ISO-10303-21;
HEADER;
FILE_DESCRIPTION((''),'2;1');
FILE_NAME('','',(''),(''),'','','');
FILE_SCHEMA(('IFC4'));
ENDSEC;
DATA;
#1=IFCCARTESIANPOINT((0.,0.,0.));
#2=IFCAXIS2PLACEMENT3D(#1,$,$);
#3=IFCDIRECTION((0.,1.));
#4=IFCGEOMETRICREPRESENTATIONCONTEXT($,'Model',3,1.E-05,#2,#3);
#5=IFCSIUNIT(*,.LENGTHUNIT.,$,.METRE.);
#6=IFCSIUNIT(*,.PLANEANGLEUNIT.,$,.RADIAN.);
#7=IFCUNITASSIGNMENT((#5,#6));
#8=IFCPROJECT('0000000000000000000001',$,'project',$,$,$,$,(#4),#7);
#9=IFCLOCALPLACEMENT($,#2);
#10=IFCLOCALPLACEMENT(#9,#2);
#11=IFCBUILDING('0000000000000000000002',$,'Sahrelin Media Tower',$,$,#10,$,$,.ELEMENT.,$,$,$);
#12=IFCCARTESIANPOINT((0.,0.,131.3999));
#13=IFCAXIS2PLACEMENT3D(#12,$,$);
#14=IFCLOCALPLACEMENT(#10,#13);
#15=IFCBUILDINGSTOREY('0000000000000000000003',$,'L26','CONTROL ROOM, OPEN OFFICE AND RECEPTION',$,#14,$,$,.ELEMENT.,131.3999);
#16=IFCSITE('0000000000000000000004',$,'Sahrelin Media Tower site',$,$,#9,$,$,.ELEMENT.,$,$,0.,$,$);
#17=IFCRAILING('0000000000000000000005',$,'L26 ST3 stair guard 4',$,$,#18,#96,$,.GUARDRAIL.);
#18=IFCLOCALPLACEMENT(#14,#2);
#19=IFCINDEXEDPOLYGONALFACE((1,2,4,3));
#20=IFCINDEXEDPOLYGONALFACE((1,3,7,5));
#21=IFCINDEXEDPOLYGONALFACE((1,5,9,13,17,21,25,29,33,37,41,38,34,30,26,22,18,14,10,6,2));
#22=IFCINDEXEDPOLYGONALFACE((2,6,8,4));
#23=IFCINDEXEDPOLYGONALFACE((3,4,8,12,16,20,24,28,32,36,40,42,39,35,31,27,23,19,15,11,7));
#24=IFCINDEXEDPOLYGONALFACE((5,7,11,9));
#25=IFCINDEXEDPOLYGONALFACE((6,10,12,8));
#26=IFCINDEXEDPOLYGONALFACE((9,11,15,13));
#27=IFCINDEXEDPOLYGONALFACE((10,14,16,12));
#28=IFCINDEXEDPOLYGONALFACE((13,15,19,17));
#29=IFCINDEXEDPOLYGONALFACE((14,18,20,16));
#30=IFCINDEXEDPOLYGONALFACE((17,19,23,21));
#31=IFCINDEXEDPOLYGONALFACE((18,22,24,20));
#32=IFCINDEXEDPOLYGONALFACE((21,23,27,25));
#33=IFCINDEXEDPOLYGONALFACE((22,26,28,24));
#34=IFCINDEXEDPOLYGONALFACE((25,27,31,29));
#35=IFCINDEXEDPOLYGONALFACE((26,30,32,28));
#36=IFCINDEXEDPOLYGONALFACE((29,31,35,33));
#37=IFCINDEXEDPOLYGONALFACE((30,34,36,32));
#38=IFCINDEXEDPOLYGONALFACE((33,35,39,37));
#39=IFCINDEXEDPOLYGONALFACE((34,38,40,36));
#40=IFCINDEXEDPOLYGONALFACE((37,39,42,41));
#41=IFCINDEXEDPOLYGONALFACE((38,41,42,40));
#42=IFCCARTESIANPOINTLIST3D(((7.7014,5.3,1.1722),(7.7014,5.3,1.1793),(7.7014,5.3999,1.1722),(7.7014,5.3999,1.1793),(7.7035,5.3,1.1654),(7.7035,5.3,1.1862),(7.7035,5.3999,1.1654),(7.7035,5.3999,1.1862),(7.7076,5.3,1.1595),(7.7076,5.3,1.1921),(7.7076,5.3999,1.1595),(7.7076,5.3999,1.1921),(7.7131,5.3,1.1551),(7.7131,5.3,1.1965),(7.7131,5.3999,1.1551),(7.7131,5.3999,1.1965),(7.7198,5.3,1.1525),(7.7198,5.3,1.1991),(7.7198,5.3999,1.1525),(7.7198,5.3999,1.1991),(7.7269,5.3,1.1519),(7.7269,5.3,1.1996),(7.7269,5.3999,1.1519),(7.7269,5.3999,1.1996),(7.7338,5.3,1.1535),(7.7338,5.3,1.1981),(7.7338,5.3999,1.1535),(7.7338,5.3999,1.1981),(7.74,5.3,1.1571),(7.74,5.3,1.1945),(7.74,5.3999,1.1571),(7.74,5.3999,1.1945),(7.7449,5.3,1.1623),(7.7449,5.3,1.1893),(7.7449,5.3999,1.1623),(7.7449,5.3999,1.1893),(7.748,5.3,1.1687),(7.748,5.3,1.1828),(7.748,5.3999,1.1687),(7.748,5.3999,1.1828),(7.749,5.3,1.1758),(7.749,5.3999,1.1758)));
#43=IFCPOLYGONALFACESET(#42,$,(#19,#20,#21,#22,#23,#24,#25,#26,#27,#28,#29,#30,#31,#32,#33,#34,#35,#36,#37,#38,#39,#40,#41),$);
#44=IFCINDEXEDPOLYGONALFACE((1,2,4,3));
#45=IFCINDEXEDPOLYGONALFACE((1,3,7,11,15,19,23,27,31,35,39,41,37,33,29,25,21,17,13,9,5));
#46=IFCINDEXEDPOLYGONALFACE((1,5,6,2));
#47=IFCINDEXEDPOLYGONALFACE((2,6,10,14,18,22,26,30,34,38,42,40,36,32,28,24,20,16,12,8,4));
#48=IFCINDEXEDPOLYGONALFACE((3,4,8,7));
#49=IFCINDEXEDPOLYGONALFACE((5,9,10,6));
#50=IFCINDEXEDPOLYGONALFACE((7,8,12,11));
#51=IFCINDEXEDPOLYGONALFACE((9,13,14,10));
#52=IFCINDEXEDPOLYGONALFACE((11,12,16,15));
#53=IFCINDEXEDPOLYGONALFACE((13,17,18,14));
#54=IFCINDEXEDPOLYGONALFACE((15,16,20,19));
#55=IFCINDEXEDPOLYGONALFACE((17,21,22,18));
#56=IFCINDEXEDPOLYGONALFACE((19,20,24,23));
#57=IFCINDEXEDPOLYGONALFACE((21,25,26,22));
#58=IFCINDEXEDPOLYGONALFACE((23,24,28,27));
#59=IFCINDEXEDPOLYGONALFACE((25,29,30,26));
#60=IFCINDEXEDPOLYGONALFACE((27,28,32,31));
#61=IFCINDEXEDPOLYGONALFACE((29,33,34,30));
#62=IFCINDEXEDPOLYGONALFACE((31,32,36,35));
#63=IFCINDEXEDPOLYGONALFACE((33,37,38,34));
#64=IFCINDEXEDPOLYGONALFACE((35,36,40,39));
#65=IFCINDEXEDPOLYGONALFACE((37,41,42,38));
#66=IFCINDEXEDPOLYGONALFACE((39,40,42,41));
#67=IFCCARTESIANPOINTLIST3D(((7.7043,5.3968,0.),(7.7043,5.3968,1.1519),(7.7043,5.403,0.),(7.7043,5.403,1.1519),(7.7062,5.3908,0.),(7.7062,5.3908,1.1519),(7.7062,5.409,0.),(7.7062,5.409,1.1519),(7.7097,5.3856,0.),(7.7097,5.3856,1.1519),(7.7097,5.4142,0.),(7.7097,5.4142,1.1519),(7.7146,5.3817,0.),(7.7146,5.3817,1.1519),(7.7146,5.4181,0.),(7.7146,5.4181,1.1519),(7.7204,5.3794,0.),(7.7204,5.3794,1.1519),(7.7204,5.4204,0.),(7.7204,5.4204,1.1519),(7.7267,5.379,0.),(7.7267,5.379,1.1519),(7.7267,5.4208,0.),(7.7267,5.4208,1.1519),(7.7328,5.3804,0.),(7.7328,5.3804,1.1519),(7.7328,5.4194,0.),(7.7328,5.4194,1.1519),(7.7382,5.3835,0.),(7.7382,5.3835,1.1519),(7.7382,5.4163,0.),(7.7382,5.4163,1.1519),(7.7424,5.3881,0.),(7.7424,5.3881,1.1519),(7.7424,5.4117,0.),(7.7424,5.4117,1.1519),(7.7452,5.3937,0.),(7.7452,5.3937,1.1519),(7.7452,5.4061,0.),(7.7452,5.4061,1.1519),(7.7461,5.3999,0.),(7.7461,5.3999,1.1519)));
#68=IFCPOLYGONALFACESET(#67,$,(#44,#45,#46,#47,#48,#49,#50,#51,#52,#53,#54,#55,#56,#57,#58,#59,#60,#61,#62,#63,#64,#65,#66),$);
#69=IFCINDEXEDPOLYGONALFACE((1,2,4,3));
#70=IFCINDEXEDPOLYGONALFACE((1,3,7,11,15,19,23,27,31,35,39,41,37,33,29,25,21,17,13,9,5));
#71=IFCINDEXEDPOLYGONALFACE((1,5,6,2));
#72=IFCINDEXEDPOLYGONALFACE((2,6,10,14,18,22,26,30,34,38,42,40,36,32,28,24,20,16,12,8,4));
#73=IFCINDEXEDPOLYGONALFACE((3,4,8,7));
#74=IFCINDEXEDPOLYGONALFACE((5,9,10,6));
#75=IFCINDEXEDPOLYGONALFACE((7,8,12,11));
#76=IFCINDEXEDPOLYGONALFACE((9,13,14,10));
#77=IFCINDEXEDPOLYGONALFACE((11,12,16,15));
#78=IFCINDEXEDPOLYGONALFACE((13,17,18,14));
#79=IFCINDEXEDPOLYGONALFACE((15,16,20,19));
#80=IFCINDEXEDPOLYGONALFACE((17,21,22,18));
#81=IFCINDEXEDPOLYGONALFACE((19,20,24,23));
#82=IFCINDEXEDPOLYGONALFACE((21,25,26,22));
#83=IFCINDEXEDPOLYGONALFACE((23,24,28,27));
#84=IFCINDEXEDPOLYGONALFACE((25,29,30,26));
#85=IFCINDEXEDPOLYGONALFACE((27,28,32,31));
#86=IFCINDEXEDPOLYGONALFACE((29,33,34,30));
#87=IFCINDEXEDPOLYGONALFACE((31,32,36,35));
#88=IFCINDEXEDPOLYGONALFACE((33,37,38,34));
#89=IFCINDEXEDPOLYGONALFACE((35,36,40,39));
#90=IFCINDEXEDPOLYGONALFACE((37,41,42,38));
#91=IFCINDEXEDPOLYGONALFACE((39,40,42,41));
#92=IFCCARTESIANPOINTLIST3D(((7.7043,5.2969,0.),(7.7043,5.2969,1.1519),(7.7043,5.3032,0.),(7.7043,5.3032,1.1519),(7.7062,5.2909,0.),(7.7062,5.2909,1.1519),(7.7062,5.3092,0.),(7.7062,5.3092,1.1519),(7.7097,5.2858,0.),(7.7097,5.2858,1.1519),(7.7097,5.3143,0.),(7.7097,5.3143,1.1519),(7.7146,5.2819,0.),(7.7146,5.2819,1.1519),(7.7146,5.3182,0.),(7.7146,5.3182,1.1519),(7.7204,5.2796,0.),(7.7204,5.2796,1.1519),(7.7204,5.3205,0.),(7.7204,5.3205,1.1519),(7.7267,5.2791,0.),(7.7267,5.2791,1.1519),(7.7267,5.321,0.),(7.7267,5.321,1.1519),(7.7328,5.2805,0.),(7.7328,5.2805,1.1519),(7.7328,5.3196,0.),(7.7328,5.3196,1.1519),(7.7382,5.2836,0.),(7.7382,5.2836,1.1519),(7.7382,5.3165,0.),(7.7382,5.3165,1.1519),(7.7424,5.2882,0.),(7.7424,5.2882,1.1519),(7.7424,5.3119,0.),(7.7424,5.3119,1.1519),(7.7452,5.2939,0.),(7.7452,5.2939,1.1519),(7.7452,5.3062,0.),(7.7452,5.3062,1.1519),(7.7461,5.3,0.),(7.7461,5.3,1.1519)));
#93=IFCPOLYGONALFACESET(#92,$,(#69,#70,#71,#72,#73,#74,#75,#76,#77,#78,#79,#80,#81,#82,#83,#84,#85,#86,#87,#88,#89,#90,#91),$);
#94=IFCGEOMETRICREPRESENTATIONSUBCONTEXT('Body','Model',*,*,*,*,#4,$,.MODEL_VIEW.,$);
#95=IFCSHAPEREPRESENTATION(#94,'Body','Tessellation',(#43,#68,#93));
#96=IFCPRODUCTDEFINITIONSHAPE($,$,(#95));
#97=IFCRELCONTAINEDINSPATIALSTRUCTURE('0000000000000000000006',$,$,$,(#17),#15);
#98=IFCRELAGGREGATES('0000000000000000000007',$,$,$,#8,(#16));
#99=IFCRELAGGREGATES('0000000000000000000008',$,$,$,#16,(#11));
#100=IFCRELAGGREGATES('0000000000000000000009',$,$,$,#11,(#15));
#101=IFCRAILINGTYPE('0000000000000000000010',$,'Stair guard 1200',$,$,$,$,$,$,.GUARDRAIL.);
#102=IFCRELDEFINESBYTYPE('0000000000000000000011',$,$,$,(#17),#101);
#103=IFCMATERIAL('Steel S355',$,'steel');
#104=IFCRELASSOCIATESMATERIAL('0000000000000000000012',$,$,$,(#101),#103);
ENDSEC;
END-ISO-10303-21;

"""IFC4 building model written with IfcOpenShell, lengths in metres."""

from ifc_helpers import new_model, si_unit, direction, frame, origin, origin_2d, place, context, subcontext, project, spatial, circle, extrude, material, type_object, element, save


model = new_model("IFC4")

# Units and contexts
model_context = context("Model", 3, precision=1e-05, world=origin(), true_north=direction((0.0, 1.0)))
body_context = subcontext(model_context, "Body", "Model", "MODEL_VIEW")
ifc_project = project(units=[si_unit("LENGTHUNIT", "METRE"), si_unit("PLANEANGLEUNIT", "RADIAN")], contexts=[model_context])

# Site, building, storey
site_placement = place(None, origin())
site = spatial("IfcSite", under=ifc_project, at=site_placement, Name="Sahrelin Media Tower site", CompositionType="ELEMENT", RefElevation=0.0)
building_placement = place(site_placement, origin())
building = spatial("IfcBuilding", under=site, at=building_placement, Name="Sahrelin Media Tower", CompositionType="ELEMENT")
storey_placement = place(building_placement, frame((0.0, 0.0, 131.3999)))
storey = spatial("IfcBuildingStorey", under=building, at=storey_placement, Name="L26", Description="CONTROL ROOM, OPEN OFFICE AND RECEPTION", CompositionType="ELEMENT", Elevation=131.3999)

# Shared definitions
ifc_material_1 = material(Name="Steel S355", Category="steel")

# Railing
railing_type_1 = type_object("IfcRailingType", Name="Stair guard 1200", PredefinedType="GUARDRAIL", material=ifc_material_1)
railing_1_placement = place(storey_placement, frame((7.7251, 5.3999, 0.0)))
element("IfcRailing", 1, at=railing_1_placement, inside=storey, type_object=railing_type_1, Name="L26 ST3 stair guard 4", PredefinedType="GUARDRAIL", context=body_context, shape_type="SweptSolid", body=[
    extrude(circle(Radius=0.0239, at=origin_2d()), frame((0.0, 0.0, 1.1758), z_axis=(0.0, -1.0, 0.0), x_axis=(1.0, 0.0, 0.0)), (0.0, 0.0, 1.0), 0.0999),
    extrude(circle(Radius=0.021, at=origin_2d()), origin(), (0.0, 0.0, 1.0), 1.1519),
    extrude(circle(Radius=0.021, at=origin_2d()), frame((0.0, -0.0999, 0.0)), (0.0, 0.0, 1.0), 1.1519),
])

save(model, "model.ifc")
